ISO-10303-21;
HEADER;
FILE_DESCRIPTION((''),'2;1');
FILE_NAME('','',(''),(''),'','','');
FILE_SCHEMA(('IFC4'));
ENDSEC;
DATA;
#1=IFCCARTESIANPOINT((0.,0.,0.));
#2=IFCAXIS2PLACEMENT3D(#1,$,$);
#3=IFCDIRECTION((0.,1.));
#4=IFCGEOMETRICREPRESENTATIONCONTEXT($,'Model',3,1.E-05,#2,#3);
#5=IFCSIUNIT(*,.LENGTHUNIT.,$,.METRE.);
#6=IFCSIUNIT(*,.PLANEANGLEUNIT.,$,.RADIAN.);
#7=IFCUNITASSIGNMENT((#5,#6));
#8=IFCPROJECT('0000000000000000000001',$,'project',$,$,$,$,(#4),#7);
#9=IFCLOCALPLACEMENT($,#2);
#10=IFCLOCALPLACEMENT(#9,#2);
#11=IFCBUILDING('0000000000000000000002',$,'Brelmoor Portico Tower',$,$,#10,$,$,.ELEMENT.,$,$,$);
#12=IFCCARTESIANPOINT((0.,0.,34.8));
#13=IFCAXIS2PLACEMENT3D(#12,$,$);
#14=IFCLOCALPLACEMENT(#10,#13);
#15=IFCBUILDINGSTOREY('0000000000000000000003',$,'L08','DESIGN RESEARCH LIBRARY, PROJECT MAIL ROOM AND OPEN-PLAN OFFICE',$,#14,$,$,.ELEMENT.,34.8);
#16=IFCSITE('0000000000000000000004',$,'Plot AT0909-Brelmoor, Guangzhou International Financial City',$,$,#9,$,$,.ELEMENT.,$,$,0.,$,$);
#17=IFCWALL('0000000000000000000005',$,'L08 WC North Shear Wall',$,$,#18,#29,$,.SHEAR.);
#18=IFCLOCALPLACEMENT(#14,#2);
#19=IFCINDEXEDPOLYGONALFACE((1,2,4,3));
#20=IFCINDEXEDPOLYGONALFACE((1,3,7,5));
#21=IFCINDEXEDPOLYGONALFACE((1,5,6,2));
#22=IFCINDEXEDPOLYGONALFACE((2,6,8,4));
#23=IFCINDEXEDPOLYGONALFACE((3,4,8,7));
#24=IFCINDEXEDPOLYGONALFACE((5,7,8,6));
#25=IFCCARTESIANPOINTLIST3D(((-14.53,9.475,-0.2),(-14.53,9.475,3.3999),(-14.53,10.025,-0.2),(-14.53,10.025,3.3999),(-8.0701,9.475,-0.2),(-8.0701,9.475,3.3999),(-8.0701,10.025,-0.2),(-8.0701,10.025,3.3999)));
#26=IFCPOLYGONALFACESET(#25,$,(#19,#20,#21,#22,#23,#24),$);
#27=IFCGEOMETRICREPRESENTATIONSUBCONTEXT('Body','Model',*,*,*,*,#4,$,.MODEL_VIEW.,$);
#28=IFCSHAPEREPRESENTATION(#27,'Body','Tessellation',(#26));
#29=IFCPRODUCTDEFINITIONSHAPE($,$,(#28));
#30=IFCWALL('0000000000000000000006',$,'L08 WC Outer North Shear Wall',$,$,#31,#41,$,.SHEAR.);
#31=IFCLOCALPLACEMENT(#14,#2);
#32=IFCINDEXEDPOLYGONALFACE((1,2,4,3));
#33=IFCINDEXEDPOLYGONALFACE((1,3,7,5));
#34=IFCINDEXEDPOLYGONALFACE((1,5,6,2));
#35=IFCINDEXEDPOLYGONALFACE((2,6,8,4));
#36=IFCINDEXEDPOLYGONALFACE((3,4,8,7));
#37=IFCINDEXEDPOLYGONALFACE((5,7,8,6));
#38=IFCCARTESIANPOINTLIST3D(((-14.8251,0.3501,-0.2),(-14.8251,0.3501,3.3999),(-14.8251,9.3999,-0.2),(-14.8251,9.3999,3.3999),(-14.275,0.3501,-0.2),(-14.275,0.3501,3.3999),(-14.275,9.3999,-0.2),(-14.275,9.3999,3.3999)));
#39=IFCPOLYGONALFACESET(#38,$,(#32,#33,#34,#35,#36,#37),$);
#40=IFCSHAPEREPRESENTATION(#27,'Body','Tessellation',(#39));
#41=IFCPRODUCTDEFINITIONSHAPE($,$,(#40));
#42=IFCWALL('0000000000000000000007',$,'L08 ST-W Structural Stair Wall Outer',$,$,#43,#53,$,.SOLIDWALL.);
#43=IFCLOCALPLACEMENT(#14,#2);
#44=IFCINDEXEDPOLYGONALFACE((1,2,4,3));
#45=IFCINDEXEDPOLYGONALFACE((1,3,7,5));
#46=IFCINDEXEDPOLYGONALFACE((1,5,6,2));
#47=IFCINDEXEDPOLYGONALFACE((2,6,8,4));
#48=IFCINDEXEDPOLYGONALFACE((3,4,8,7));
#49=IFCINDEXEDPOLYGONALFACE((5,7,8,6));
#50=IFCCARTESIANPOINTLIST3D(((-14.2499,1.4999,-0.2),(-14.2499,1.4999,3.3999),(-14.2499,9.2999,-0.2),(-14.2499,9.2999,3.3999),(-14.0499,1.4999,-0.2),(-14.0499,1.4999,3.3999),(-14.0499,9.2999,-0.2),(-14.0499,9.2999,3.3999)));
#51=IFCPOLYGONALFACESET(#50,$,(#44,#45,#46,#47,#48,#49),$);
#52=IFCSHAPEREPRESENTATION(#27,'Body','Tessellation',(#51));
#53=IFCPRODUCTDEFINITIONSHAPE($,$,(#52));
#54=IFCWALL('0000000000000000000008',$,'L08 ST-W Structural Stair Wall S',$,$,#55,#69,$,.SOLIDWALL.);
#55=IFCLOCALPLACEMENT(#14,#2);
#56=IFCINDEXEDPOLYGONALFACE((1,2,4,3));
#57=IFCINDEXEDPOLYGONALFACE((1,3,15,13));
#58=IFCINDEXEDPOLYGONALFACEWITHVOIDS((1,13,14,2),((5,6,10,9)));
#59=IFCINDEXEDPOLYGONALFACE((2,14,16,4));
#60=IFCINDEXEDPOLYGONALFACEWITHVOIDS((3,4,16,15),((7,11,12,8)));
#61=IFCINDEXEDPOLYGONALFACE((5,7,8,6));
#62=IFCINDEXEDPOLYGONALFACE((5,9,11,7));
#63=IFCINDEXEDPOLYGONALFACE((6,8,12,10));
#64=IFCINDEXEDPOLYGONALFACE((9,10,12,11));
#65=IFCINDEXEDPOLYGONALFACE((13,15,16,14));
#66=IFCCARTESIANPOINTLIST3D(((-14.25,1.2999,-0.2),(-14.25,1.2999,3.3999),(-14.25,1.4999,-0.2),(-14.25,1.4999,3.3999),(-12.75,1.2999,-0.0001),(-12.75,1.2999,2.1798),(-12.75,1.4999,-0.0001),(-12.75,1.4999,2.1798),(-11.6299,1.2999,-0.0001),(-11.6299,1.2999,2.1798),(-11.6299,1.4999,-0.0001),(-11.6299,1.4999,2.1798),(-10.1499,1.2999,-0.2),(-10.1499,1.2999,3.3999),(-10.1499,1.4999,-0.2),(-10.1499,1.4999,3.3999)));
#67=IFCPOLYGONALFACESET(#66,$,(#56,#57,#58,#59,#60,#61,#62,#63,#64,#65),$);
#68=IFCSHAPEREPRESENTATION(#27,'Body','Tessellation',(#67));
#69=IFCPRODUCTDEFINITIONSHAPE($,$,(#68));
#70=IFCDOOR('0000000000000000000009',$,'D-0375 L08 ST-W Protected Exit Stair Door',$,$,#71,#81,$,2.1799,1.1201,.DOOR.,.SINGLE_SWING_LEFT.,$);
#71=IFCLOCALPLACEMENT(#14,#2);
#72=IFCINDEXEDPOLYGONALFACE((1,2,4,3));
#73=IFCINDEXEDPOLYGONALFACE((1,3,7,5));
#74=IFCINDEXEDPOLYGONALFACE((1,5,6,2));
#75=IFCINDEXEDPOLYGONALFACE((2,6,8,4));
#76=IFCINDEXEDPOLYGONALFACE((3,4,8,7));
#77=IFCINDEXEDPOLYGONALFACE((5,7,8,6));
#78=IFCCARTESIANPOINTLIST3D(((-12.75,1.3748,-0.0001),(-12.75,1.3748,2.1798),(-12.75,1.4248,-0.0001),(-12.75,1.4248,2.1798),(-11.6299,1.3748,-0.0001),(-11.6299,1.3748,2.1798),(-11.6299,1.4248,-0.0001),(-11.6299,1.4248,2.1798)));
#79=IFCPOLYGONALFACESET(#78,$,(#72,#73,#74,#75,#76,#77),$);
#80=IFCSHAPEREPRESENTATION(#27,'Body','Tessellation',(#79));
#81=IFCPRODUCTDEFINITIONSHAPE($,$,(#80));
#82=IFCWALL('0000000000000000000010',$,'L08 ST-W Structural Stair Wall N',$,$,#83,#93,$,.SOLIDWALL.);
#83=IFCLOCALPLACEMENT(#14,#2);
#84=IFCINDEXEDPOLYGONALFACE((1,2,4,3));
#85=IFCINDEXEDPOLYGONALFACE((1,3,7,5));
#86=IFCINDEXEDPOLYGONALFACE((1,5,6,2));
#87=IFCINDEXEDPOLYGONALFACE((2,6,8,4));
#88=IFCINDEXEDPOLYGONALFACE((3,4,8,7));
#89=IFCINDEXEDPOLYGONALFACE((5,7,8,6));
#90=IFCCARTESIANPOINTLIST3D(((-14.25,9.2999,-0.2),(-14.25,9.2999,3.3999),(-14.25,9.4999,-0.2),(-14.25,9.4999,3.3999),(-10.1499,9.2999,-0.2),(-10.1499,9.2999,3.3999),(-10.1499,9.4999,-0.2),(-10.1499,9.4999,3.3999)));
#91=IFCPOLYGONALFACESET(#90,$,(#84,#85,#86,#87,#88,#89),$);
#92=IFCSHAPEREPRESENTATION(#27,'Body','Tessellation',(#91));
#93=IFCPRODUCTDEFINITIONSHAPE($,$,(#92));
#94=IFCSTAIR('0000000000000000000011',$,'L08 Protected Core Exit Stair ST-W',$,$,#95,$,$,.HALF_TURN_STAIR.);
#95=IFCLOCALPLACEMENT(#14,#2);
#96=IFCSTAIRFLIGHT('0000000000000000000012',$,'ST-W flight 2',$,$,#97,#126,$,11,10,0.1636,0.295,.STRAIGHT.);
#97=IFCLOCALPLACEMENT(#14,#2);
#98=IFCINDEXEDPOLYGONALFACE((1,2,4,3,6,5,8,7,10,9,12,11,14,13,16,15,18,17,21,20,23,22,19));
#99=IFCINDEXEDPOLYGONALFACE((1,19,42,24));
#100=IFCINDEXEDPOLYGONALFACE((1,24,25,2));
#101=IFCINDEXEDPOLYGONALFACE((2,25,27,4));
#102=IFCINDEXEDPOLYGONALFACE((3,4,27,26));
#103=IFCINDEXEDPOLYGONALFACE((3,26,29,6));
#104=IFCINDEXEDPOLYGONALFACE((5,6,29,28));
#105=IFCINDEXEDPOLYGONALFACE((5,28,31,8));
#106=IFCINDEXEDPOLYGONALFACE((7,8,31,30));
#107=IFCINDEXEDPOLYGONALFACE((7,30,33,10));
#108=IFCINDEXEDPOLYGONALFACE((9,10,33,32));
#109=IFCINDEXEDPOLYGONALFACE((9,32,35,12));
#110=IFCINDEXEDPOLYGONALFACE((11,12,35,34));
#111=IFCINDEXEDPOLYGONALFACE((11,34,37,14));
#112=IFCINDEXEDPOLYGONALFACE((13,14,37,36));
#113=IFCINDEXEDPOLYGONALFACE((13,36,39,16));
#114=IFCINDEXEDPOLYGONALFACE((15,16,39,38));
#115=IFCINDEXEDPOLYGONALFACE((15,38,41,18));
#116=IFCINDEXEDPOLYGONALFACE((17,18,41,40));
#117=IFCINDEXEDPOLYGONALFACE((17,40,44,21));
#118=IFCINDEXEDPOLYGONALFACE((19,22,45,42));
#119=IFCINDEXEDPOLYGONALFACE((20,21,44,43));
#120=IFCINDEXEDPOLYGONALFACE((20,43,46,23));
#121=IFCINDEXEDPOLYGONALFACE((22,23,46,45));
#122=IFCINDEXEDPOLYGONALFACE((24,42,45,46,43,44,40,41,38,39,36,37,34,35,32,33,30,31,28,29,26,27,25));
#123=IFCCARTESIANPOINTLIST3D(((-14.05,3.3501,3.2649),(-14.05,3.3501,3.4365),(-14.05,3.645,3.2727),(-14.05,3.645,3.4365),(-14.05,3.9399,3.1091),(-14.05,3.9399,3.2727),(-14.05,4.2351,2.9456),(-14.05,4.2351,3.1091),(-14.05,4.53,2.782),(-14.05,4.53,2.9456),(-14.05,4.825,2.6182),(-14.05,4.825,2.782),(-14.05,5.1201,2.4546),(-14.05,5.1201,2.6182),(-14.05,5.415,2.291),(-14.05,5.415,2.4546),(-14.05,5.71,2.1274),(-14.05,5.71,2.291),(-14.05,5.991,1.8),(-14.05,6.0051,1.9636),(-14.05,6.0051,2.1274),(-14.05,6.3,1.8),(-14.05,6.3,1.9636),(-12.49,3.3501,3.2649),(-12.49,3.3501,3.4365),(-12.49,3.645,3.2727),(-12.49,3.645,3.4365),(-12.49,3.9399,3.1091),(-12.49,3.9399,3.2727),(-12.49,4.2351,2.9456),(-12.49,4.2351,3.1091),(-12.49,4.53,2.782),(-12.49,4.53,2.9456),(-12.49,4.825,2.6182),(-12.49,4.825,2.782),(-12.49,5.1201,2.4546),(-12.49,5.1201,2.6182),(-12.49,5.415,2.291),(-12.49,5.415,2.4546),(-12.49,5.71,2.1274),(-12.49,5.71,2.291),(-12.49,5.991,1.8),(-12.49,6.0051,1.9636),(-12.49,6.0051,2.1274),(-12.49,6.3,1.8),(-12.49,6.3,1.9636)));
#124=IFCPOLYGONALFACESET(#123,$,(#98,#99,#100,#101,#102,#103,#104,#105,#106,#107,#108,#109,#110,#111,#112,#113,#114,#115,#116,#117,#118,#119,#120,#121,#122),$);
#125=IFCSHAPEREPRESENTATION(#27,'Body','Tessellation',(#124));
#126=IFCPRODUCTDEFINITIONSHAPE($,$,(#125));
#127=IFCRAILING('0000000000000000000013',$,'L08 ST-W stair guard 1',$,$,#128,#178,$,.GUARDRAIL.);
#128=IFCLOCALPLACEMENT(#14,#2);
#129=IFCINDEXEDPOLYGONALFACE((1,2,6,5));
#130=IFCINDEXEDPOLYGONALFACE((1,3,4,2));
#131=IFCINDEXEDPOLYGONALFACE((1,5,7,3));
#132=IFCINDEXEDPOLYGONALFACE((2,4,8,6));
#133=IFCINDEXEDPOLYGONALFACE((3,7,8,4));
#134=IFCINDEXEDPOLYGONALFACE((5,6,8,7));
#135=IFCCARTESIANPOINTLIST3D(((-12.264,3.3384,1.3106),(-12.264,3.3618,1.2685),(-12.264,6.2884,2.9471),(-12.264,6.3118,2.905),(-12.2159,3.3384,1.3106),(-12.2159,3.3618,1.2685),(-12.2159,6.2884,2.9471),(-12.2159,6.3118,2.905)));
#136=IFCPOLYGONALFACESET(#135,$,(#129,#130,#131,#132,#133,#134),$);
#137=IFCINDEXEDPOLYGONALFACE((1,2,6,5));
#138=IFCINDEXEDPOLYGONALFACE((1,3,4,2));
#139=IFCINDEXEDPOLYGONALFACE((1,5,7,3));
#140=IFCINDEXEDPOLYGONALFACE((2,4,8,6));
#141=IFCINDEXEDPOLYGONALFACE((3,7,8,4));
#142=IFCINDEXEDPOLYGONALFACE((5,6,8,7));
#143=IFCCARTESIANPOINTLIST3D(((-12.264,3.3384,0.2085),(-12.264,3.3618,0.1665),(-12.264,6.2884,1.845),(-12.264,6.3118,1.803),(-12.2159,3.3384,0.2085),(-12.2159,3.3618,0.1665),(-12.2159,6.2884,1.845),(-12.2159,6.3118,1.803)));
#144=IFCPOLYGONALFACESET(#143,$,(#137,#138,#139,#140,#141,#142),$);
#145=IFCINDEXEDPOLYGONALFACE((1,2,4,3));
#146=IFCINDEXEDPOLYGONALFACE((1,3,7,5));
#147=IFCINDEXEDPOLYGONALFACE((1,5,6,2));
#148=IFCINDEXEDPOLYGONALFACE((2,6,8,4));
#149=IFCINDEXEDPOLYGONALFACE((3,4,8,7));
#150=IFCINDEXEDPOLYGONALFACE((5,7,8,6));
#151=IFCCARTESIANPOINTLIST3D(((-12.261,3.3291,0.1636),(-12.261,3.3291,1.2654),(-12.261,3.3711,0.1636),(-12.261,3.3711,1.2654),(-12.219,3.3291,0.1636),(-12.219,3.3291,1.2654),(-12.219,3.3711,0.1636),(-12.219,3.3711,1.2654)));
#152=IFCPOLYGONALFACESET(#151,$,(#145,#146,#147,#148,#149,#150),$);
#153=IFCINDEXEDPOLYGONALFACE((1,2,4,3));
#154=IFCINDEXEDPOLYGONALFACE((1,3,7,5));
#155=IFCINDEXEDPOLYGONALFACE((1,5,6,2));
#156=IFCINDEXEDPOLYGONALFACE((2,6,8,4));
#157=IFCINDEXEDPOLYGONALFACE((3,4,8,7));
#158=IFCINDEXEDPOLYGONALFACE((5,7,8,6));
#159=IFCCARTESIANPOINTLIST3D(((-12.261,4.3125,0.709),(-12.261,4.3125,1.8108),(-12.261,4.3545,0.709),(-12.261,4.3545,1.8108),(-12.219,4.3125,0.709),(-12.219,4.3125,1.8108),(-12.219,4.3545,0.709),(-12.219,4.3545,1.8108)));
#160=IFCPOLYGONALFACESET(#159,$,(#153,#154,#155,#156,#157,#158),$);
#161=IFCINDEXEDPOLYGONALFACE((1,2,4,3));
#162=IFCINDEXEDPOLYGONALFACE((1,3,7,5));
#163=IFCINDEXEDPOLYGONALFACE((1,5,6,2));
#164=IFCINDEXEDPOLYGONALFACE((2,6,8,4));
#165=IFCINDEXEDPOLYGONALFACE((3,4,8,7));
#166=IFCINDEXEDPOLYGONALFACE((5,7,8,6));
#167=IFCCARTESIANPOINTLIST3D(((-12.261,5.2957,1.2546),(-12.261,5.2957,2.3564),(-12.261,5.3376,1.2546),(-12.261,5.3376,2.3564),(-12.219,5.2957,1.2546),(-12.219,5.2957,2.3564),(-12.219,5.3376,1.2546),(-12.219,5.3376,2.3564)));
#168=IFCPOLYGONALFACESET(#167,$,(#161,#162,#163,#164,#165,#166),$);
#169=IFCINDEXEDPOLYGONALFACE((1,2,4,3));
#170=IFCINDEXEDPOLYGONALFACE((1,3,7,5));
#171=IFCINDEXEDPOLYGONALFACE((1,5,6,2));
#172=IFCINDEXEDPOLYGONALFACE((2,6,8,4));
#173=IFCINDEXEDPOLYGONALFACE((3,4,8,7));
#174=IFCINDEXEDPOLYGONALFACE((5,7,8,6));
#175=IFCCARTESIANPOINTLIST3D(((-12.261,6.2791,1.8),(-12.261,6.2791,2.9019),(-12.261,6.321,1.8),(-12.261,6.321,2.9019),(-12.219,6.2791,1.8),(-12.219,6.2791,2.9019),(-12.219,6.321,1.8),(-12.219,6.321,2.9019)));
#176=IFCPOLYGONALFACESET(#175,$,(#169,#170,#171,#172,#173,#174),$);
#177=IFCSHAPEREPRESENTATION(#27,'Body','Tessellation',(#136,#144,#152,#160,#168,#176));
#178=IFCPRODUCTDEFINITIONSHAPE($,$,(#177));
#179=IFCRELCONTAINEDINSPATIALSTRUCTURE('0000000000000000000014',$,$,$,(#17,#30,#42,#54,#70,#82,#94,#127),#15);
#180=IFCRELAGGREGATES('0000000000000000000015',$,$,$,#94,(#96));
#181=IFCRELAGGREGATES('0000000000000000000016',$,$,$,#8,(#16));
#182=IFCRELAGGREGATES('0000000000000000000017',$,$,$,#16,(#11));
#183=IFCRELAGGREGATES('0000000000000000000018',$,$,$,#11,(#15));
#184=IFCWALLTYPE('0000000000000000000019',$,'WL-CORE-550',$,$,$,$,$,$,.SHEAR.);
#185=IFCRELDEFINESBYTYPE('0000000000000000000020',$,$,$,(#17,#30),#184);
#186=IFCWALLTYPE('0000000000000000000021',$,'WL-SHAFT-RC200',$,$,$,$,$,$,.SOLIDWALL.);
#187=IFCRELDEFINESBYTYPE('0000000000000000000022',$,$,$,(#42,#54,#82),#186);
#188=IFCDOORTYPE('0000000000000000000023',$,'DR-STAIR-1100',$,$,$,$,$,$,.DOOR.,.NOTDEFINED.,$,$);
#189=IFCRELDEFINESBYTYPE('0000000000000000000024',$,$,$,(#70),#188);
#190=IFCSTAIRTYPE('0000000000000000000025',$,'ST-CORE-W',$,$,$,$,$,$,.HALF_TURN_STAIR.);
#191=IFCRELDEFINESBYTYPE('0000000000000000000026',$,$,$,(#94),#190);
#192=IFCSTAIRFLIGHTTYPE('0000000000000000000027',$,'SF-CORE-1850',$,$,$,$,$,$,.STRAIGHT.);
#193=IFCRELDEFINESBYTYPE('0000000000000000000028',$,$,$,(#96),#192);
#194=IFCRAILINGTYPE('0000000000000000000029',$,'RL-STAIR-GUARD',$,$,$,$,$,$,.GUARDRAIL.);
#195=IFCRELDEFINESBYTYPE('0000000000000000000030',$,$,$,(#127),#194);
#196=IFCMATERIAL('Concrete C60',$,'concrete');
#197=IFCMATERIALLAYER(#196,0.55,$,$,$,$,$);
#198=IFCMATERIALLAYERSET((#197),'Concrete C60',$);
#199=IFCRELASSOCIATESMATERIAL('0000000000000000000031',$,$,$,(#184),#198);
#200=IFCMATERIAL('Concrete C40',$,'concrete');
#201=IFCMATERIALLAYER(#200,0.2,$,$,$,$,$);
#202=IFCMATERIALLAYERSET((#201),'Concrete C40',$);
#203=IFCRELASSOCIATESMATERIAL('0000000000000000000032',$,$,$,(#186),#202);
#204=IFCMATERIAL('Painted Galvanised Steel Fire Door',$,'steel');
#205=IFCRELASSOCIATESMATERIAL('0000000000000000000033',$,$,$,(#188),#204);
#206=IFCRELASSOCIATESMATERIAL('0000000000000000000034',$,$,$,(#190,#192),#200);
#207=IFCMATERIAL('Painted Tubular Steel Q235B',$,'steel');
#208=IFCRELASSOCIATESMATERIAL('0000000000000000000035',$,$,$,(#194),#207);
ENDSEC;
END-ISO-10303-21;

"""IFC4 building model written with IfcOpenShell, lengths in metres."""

from ifc_helpers import new_model, si_unit, direction, frame, frame_2d, origin, origin_2d, place, context, subcontext, project, spatial, polyline, rectangle, outline, extrude, material, layer, layer_set, type_object, element, fill, aggregate, save


model = new_model("IFC4")

# Units and contexts
model_context = context("Model", 3, precision=1e-05, world=origin(), true_north=direction((0.0, 1.0)))
body_context = subcontext(model_context, "Body", "Model", "MODEL_VIEW")
ifc_project = project(units=[si_unit("LENGTHUNIT", "METRE"), si_unit("PLANEANGLEUNIT", "RADIAN")], contexts=[model_context])

# Site, building, storey
site_placement = place(None, origin())
site = spatial("IfcSite", under=ifc_project, at=site_placement, Name="Plot AT0909-Brelmoor, Guangzhou International Financial City", CompositionType="ELEMENT", RefElevation=0.0)
building_placement = place(site_placement, origin())
building = spatial("IfcBuilding", under=site, at=building_placement, Name="Brelmoor Portico Tower", CompositionType="ELEMENT")
storey_placement = place(building_placement, frame((0.0, 0.0, 34.8)))
storey = spatial("IfcBuildingStorey", under=building, at=storey_placement, Name="L08", Description="DESIGN RESEARCH LIBRARY, PROJECT MAIL ROOM AND OPEN-PLAN OFFICE", CompositionType="ELEMENT", Elevation=34.8)

# Walls
ifc_material_1 = material(Name="Concrete C60", Category="concrete")
ifc_layer_1 = layer(ifc_material_1, 0.55)
ifc_layer_set_1 = layer_set([ifc_layer_1], Name="Concrete C60")
wall_type_1 = type_object("IfcWallType", Name="WL-CORE-550", PredefinedType="SHEAR", material=ifc_layer_set_1)
wall_1_placement = place(storey_placement, frame((-14.53, 9.75, -0.2), z_axis=(0.0, 0.0, 1.0), x_axis=(1.0, 0.0, 0.0)))
element("IfcWall", 1, at=wall_1_placement, inside=storey, type_object=wall_type_1, Name="L08 WC North Shear Wall", PredefinedType="SHEAR", context=body_context, shape_type="SweptSolid", body=[
    extrude(rectangle(XDim=6.46, YDim=0.55, at=frame_2d((3.23, 0.0))), origin(), (0.0, 0.0, 1.0), 3.5999),
])
wall_2_placement = place(storey_placement, frame((-14.55, 0.3501, -0.2), z_axis=(0.0, 0.0, 1.0), x_axis=(0.0, 1.0, 0.0)))
element("IfcWall", 2, at=wall_2_placement, inside=storey, type_object=wall_type_1, Name="L08 WC Outer North Shear Wall", PredefinedType="SHEAR", context=body_context, shape_type="SweptSolid", body=[
    extrude(rectangle(XDim=9.0498, YDim=0.55, at=frame_2d((4.5249, 0.0))), origin(), (0.0, 0.0, 1.0), 3.5999),
])
ifc_material_2 = material(Name="Concrete C40", Category="concrete")
ifc_layer_2 = layer(ifc_material_2, 0.2)
ifc_layer_set_2 = layer_set([ifc_layer_2], Name="Concrete C40")
wall_type_2 = type_object("IfcWallType", Name="WL-SHAFT-RC200", PredefinedType="SOLIDWALL", material=ifc_layer_set_2)
wall_3_placement = place(storey_placement, frame((-14.1499, 1.5, -0.2), z_axis=(0.0, 0.0, 1.0), x_axis=(0.0, 1.0, 0.0)))
element("IfcWall", 3, at=wall_3_placement, inside=storey, type_object=wall_type_2, Name="L08 ST-W Structural Stair Wall Outer", PredefinedType="SOLIDWALL", context=body_context, shape_type="SweptSolid", body=[
    extrude(rectangle(XDim=7.8, YDim=0.2, at=frame_2d((3.8999, 0.0))), origin(), (0.0, 0.0, 1.0), 3.5999),
])

# Wall, opening, door
wall_4_placement = place(storey_placement, frame((-14.25, 1.3999, -0.2), z_axis=(0.0, 0.0, 1.0), x_axis=(1.0, 0.0, 0.0)))
wall_4 = element("IfcWall", 4, at=wall_4_placement, inside=storey, type_object=wall_type_2, Name="L08 ST-W Structural Stair Wall S", PredefinedType="SOLIDWALL", context=body_context, shape_type="SweptSolid", body=[
    extrude(rectangle(XDim=4.1001, YDim=0.2, at=frame_2d((2.05, 0.0))), origin(), (0.0, 0.0, 1.0), 3.5999),
])
opening_placement = place(wall_4_placement, frame((1.5, 0.0, 0.2)))
opening = element("IfcOpeningElement", 5, at=opening_placement, cuts=wall_4, PredefinedType="OPENING", context=body_context, shape_type="SweptSolid", body=[
    extrude(rectangle(XDim=1.1201, YDim=2.1799, at=frame_2d((0.5601, 1.0898))), frame((0.0, 0.1099, 0.0), z_axis=(0.0, -1.0, 0.0), x_axis=(1.0, 0.0, 0.0)), (0.0, 0.0, 1.0), 0.22),
])
ifc_material_3 = material(Name="Painted Galvanised Steel Fire Door", Category="steel")
door_type = type_object("IfcDoorType", Name="DR-STAIR-1100", OperationType="NOTDEFINED", PredefinedType="DOOR", material=ifc_material_3)
door_placement = place(opening_placement, origin())
door = element("IfcDoor", 6, at=door_placement, inside=storey, type_object=door_type, Name="D-0375 L08 ST-W Protected Exit Stair Door", OperationType="SINGLE_SWING_LEFT", OverallHeight=2.1799, OverallWidth=1.1201, PredefinedType="DOOR", context=body_context, shape_type="SweptSolid", body=[
    extrude(rectangle(XDim=1.1201, YDim=2.1799, at=frame_2d((0.5601, 1.0898))), frame((0.0, 0.0249, 0.0), z_axis=(0.0, -1.0, 0.0), x_axis=(1.0, 0.0, 0.0)), (0.0, 0.0, 1.0), 0.05),
])
fill(opening, door)

# Wall
wall_5_placement = place(storey_placement, frame((-14.25, 9.3999, -0.2), z_axis=(0.0, 0.0, 1.0), x_axis=(1.0, 0.0, 0.0)))
element("IfcWall", 7, at=wall_5_placement, inside=storey, type_object=wall_type_2, Name="L08 ST-W Structural Stair Wall N", PredefinedType="SOLIDWALL", context=body_context, shape_type="SweptSolid", body=[
    extrude(rectangle(XDim=4.1001, YDim=0.2, at=frame_2d((2.05, 0.0))), origin(), (0.0, 0.0, 1.0), 3.5999),
])

# Stair, stair flight
stair_type = type_object("IfcStairType", Name="ST-CORE-W", PredefinedType="HALF_TURN_STAIR", material=ifc_material_2)
stair_placement = place(storey_placement, origin())
stair = element("IfcStair", 8, at=stair_placement, inside=storey, type_object=stair_type, Name="L08 Protected Core Exit Stair ST-W", PredefinedType="HALF_TURN_STAIR")
stair_flight_type = type_object("IfcStairFlightType", Name="SF-CORE-1850", PredefinedType="STRAIGHT", material=ifc_material_2)
stair_flight_placement = place(storey_placement, frame((-13.27, 6.3, 1.8), z_axis=(0.0, 0.0, 1.0), x_axis=(0.0, -1.0, 0.0)))
stair_flight = element("IfcStairFlight", 9, at=stair_flight_placement, type_object=stair_flight_type, Name="ST-W flight 2", NumberOfRisers=11, NumberOfTreads=10, PredefinedType="STRAIGHT", RiserHeight=0.1636, TreadLength=0.295, context=body_context, shape_type="SweptSolid", body=[
    extrude(outline(polyline([(0.0, 0.0), (0.0, 0.1636), (0.2949, 0.1636), (0.2949, 0.3274), (0.5901, 0.3274), (0.5901, 0.491), (0.885, 0.491), (0.885, 0.6545), (1.1799, 0.6545), (1.1799, 0.8181), (1.4751, 0.8181), (1.4751, 0.9819), (1.77, 0.9819), (1.77, 1.1455), (2.0649, 1.1455), (2.0649, 1.3091), (2.3601, 1.3091), (2.3601, 1.4727), (2.655, 1.4727), (2.655, 1.6365), (2.95, 1.6365), (2.95, 1.8), (2.95, 1.4648), (0.3091, 0.0), (0.0, 0.0)])), frame((0.0, 0.78, 0.0), z_axis=(0.0, -1.0, 0.0), x_axis=(1.0, 0.0, 0.0)), (0.0, 0.0, 1.0), 1.5601),
])
aggregate(stair, [stair_flight])

# Railing
ifc_material_4 = material(Name="Painted Tubular Steel Q235B", Category="steel")
railing_type_1 = type_object("IfcRailingType", Name="RL-STAIR-GUARD", PredefinedType="GUARDRAIL", material=ifc_material_4)
railing_1_placement = place(storey_placement, frame((-12.24, 3.3501, 0.1636)))
element("IfcRailing", 10, at=railing_1_placement, inside=storey, type_object=railing_type_1, Name="L08 ST-W stair guard 1", PredefinedType="GUARDRAIL", context=body_context, shape_type="SweptSolid", body=[
    extrude(rectangle(XDim=0.0481, YDim=0.0481, at=origin_2d()), frame((0.0, 0.0, 1.126), z_axis=(0.0, 0.874458, 0.485102), x_axis=(-1.0, 0.0, 0.0)), (0.0, 0.0, 1.0), 3.3735),
    extrude(rectangle(XDim=0.0481, YDim=0.0481, at=origin_2d()), frame((0.0, 0.0, 0.0239), z_axis=(0.0, 0.874458, 0.485102), x_axis=(-1.0, 0.0, 0.0)), (0.0, 0.0, 1.0), 3.3735),
    extrude(rectangle(XDim=0.042, YDim=0.042, at=origin_2d()), origin(), (0.0, 0.0, 1.0), 1.1018),
    extrude(rectangle(XDim=0.042, YDim=0.042, at=origin_2d()), frame((0.0, 0.9834, 0.5454)), (0.0, 0.0, 1.0), 1.1018),
    extrude(rectangle(XDim=0.042, YDim=0.042, at=origin_2d()), frame((0.0, 1.9666, 1.0911)), (0.0, 0.0, 1.0), 1.1018),
    extrude(rectangle(XDim=0.042, YDim=0.042, at=origin_2d()), frame((0.0, 2.95, 1.6365)), (0.0, 0.0, 1.0), 1.1018),
])

save(model, "model.ifc")
